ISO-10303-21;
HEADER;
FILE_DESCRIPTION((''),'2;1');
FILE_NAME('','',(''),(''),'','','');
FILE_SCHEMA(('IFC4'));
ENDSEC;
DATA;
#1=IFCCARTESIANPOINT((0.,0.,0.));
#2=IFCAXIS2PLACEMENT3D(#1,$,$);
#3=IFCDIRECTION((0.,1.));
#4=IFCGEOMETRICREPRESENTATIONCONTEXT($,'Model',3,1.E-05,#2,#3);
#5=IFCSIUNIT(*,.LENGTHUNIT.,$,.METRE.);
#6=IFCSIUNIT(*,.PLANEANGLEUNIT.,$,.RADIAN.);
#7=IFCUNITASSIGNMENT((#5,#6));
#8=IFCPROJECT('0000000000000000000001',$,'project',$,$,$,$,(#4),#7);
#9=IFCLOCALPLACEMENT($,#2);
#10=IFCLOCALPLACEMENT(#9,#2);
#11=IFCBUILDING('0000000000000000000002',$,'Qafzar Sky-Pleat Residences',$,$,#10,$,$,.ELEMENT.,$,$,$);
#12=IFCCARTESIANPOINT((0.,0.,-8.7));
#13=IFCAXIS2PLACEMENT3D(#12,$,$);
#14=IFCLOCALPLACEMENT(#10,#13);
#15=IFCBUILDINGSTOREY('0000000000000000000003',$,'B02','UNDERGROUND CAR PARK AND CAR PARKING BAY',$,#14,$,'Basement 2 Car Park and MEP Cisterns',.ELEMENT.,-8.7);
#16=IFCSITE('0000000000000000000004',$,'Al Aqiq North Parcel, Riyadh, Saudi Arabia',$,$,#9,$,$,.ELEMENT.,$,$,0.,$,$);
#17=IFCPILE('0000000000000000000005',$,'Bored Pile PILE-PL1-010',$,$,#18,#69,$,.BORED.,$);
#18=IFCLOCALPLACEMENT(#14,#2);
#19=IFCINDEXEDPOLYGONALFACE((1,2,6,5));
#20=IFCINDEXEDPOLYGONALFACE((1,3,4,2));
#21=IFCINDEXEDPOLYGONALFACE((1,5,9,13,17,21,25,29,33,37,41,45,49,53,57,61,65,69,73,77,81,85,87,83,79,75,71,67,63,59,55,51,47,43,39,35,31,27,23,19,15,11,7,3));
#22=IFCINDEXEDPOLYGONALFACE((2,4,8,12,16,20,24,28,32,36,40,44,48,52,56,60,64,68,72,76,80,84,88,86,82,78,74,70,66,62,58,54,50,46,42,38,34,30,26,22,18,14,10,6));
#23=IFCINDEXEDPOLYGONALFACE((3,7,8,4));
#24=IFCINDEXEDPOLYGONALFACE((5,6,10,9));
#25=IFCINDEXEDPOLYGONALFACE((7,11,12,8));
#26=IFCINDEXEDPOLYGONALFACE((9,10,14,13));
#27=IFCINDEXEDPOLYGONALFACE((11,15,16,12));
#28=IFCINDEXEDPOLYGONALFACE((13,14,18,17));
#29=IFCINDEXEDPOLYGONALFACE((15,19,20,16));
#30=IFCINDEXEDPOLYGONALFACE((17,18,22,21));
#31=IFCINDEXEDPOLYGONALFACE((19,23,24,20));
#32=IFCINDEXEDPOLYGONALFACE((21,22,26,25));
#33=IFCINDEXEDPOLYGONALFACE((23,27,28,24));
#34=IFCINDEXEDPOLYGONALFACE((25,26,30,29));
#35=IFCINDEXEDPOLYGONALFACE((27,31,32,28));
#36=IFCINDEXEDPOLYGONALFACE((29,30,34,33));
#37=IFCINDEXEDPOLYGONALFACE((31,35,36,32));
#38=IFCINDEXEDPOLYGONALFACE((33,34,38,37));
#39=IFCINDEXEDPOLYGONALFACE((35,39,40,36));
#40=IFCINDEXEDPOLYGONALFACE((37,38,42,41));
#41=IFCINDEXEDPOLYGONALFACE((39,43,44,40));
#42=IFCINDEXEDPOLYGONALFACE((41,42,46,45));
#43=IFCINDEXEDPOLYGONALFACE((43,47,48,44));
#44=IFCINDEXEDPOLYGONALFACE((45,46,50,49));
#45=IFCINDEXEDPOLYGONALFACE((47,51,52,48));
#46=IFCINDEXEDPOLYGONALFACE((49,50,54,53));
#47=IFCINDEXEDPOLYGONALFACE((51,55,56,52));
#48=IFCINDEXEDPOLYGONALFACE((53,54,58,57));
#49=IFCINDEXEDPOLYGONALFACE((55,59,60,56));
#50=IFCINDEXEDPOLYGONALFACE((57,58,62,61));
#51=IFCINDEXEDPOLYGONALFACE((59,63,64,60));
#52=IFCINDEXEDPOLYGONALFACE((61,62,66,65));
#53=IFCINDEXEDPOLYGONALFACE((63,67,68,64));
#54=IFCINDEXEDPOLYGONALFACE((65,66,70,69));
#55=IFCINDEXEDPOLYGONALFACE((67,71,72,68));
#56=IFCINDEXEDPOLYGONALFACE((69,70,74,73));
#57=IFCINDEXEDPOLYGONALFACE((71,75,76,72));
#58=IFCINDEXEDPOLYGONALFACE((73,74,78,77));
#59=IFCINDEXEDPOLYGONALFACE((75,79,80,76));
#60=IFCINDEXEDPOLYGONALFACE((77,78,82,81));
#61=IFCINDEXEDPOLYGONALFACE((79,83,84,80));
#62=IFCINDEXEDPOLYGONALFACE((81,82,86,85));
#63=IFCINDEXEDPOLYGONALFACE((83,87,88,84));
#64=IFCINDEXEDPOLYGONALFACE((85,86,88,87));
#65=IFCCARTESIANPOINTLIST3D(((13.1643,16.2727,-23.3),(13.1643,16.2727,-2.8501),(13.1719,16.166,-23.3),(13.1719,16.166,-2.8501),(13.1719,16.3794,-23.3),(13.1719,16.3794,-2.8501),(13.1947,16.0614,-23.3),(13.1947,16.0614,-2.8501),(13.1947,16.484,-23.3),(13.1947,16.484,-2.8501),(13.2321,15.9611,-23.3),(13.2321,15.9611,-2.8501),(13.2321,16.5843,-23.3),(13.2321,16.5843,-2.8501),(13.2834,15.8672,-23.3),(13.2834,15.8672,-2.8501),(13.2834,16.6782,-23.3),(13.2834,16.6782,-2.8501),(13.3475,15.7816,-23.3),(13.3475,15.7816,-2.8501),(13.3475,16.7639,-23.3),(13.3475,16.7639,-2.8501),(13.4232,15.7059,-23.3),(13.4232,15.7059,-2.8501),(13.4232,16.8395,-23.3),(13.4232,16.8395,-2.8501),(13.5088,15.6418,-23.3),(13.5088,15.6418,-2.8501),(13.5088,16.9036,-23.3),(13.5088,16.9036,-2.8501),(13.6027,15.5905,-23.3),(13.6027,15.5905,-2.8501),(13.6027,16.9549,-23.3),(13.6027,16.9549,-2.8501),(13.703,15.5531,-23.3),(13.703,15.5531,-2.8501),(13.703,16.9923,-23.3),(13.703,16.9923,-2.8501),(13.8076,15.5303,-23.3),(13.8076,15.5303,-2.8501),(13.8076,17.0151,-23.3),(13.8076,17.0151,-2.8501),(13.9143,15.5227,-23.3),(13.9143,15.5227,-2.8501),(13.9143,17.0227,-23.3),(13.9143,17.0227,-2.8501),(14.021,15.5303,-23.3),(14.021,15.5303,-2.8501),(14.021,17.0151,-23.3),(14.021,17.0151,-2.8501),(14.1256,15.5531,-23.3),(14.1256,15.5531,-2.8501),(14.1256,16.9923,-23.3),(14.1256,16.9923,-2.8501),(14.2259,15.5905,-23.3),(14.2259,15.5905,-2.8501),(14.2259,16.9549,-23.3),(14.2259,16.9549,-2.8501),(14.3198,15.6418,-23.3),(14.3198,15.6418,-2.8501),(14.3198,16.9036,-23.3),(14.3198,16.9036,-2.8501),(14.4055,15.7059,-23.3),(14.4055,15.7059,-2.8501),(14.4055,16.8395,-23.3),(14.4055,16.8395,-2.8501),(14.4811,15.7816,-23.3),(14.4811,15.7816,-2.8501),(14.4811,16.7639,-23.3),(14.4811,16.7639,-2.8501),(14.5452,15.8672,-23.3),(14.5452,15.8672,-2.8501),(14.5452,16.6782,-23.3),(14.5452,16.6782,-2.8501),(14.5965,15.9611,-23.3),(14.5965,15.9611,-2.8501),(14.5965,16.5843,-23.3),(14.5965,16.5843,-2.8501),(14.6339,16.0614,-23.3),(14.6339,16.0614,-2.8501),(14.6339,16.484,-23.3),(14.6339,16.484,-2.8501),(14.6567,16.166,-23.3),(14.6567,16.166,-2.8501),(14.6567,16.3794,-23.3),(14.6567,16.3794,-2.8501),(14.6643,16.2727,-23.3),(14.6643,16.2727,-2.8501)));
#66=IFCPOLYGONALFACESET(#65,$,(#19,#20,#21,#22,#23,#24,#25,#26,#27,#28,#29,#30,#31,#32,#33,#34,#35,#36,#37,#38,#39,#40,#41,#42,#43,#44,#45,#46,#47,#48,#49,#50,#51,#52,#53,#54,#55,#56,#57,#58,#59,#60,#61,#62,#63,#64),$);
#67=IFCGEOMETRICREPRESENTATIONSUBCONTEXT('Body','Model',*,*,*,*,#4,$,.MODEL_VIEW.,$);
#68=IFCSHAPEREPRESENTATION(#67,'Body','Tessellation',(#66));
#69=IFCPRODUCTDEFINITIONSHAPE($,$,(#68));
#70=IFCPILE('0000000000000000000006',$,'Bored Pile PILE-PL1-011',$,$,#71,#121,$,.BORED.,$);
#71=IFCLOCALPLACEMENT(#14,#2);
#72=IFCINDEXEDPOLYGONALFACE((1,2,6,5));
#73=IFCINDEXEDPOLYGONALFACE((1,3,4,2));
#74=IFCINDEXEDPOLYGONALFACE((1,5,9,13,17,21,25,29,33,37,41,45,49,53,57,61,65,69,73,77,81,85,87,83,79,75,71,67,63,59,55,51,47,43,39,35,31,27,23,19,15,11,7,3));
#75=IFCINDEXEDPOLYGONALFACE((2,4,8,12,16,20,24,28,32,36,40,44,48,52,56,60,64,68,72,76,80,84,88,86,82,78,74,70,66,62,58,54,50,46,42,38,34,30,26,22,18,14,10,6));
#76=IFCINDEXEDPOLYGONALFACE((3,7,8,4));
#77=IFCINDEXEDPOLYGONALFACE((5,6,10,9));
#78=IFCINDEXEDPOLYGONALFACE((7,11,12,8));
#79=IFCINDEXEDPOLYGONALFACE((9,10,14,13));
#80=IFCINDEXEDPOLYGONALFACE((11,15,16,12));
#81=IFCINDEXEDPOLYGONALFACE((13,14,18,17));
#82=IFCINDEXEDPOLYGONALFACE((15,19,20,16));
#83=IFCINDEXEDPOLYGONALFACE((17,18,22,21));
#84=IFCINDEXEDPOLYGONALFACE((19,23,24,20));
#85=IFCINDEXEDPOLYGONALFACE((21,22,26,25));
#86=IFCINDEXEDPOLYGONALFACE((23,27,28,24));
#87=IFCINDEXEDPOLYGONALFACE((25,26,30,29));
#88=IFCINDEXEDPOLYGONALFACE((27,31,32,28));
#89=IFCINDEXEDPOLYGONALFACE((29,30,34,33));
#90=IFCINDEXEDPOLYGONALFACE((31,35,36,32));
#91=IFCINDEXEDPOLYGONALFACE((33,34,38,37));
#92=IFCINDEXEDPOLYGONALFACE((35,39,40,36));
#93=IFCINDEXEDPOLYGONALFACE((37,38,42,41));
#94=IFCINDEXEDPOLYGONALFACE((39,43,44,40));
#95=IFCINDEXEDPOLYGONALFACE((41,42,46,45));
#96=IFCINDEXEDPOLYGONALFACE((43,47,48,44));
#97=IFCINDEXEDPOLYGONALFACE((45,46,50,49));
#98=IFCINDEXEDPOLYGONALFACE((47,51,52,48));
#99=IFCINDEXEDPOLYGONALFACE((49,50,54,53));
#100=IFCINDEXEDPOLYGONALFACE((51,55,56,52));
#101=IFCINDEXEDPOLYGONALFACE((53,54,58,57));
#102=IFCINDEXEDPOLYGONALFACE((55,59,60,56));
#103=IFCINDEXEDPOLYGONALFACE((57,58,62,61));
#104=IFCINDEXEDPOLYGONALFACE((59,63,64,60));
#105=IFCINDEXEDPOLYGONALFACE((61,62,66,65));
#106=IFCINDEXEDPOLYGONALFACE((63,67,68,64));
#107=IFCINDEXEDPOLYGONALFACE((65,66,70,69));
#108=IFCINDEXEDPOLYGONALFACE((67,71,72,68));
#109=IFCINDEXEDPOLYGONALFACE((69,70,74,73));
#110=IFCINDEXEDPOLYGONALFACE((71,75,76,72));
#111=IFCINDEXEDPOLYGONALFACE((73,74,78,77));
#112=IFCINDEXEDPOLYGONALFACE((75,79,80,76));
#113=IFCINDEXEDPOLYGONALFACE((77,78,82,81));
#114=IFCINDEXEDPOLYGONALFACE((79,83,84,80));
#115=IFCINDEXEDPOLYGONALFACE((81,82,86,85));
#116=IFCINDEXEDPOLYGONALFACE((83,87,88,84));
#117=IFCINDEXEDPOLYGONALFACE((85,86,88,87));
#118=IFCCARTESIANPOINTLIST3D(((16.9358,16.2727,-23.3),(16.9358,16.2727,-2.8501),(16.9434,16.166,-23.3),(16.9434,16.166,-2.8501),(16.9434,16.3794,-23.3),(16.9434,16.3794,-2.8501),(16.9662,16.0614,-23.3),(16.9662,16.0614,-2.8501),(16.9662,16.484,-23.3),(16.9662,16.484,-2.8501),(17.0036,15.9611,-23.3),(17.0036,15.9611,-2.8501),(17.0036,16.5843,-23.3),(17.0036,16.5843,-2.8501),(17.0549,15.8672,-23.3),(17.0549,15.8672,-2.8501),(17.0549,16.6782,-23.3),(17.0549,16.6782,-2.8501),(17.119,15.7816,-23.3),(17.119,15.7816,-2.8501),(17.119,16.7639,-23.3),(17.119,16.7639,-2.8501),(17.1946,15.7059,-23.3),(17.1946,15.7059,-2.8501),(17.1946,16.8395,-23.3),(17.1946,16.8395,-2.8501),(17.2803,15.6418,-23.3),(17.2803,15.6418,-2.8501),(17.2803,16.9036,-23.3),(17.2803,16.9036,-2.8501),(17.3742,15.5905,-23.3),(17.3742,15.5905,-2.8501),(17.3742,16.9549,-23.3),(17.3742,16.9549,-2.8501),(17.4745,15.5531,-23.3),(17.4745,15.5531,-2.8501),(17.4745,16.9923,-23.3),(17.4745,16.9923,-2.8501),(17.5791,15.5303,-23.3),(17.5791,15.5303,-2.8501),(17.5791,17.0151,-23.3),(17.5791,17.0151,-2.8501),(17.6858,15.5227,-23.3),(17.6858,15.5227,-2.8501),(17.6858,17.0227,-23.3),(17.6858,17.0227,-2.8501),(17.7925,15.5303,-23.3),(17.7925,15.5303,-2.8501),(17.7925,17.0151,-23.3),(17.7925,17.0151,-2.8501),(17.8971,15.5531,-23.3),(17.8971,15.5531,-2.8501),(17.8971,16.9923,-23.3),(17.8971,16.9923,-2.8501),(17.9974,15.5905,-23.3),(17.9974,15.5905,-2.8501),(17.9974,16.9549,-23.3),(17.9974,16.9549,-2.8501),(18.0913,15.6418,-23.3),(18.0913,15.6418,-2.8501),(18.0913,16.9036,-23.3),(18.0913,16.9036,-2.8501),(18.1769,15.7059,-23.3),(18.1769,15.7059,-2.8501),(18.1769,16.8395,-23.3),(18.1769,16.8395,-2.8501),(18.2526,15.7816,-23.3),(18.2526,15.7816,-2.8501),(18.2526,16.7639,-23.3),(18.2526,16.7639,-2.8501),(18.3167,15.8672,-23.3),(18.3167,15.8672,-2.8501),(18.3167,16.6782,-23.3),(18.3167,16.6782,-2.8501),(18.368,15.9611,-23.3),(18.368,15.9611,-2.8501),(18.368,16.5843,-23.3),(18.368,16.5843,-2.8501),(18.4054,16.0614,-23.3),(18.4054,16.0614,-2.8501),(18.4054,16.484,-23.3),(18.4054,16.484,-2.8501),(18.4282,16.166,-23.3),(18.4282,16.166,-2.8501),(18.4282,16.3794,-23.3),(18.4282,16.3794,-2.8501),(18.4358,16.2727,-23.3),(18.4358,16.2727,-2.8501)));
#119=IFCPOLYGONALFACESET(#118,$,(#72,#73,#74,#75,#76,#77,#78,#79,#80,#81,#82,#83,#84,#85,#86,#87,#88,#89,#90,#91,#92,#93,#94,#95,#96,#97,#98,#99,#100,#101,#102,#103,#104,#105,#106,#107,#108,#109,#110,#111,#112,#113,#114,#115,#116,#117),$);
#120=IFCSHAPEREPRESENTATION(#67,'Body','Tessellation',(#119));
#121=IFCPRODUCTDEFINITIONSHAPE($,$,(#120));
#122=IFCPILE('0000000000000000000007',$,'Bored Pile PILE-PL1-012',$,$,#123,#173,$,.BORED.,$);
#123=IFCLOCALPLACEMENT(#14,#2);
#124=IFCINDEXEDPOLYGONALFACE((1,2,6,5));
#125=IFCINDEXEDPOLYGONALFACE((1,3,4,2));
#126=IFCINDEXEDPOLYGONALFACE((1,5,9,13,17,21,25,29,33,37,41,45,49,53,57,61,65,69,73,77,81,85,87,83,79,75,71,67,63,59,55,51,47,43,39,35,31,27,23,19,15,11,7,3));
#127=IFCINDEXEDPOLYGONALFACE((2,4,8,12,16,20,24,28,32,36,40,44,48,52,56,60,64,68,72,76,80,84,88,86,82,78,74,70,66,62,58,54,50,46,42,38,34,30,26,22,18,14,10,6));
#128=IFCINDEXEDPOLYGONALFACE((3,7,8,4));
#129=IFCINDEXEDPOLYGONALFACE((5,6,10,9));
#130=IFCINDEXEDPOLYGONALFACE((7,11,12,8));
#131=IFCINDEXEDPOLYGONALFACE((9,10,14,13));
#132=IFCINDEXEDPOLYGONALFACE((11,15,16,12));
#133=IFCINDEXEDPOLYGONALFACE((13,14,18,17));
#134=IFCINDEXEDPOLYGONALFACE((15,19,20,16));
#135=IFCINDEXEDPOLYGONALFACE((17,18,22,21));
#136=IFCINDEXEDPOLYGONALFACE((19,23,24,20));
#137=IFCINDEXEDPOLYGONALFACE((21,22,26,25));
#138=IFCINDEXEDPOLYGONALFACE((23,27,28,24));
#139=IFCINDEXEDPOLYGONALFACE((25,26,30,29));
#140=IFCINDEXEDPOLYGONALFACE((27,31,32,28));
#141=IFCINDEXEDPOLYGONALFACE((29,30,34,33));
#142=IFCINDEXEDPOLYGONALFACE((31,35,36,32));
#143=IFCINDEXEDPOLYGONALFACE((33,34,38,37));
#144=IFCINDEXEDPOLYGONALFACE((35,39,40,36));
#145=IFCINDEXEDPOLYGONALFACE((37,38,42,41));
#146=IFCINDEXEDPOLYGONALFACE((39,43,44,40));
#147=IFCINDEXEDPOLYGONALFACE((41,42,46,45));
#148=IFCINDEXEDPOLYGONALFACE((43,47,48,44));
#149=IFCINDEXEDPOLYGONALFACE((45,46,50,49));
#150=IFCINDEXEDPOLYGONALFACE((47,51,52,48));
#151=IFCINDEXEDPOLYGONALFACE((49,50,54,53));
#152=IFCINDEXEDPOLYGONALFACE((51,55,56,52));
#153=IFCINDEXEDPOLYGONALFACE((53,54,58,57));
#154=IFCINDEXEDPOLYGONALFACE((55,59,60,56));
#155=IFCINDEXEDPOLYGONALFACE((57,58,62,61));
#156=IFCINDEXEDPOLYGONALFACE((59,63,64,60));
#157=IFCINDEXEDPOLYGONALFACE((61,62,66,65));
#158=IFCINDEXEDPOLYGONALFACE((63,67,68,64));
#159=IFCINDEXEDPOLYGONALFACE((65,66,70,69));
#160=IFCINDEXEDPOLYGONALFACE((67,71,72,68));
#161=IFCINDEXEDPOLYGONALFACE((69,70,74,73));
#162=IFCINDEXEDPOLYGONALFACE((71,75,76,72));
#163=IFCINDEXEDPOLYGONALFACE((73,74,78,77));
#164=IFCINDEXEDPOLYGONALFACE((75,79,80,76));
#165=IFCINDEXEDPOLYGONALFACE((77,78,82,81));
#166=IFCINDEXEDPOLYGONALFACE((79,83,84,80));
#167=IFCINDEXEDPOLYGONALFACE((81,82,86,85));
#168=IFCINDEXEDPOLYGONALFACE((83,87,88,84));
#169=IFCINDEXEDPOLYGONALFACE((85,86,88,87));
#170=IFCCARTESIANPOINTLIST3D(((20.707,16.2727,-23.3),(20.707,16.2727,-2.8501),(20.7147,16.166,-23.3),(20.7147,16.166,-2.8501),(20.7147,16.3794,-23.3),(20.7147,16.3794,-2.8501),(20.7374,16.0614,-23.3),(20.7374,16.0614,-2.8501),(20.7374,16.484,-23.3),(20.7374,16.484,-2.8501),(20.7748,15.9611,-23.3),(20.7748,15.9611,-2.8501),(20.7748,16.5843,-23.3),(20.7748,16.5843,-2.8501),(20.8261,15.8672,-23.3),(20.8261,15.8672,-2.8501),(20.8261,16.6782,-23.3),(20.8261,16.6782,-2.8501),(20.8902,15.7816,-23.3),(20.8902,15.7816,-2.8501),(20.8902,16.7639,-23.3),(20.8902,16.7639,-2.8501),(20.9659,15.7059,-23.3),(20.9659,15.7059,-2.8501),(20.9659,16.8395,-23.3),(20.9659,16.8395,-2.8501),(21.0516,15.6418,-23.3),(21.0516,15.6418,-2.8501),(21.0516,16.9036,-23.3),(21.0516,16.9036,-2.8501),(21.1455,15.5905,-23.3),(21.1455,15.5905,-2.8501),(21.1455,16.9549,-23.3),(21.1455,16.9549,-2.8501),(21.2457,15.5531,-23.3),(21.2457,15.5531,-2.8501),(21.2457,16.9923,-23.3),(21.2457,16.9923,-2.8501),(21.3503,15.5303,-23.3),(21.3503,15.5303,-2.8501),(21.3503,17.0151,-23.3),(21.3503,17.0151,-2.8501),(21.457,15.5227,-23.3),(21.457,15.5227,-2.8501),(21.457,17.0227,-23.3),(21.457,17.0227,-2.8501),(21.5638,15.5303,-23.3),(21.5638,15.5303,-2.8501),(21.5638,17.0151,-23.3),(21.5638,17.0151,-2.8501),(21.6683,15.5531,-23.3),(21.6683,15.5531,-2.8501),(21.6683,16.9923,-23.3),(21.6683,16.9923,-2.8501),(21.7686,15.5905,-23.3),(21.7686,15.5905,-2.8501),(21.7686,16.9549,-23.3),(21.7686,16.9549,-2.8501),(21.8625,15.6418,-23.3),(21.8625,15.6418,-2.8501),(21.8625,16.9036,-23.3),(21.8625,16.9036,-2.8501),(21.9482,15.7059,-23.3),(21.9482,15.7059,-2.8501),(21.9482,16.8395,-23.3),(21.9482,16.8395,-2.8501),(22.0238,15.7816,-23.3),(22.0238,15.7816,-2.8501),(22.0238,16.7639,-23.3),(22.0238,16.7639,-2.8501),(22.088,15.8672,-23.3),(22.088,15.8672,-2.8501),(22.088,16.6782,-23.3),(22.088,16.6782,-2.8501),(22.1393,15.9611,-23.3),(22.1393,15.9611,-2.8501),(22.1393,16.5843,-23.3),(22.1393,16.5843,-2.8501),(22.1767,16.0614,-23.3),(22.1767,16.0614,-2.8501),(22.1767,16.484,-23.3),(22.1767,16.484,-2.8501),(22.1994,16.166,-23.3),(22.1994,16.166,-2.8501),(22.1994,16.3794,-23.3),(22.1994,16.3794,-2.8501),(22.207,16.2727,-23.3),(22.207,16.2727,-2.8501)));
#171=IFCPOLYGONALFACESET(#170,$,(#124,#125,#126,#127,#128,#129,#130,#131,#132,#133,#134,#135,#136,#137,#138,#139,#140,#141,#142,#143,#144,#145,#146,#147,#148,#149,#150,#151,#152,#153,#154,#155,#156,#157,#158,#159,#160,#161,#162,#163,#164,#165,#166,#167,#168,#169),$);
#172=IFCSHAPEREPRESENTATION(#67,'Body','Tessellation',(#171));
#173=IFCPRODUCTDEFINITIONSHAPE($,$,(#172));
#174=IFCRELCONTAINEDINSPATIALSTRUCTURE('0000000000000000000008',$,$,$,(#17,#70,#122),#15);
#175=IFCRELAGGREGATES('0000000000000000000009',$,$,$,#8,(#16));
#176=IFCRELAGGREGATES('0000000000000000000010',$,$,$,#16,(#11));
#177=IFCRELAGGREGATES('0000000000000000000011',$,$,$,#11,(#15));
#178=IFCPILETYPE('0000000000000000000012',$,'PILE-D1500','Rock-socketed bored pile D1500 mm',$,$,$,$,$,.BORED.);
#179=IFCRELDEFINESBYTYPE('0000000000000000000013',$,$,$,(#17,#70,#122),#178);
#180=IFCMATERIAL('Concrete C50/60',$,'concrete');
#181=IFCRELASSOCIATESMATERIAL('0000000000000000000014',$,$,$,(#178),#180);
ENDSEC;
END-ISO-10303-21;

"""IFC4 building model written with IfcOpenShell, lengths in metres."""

from ifc_helpers import new_model, si_unit, direction, frame, origin, origin_2d, place, context, subcontext, project, spatial, circle, extrude, source, transform, mapped, material, material_profile, profile_set, type_object, element, save


model = new_model("IFC4")

# Units and contexts
model_context = context("Model", 3, precision=1e-05, world=origin(), true_north=direction((0.0, 1.0)))
body_context = subcontext(model_context, "Body", "Model", "MODEL_VIEW")
ifc_project = project(units=[si_unit("LENGTHUNIT", "METRE"), si_unit("PLANEANGLEUNIT", "RADIAN")], contexts=[model_context])

# Site, building, storey
site_placement = place(None, origin())
site = spatial("IfcSite", under=ifc_project, at=site_placement, Name="Al Aqiq North Parcel, Riyadh, Saudi Arabia", CompositionType="ELEMENT", RefElevation=0.0)
building_placement = place(site_placement, origin())
building = spatial("IfcBuilding", under=site, at=building_placement, Name="Qafzar Sky-Pleat Residences", CompositionType="ELEMENT")
storey_placement = place(building_placement, frame((0.0, 0.0, -8.7)))
storey = spatial("IfcBuildingStorey", under=building, at=storey_placement, Name="B02", Description="UNDERGROUND CAR PARK AND CAR PARKING BAY", LongName="Basement 2 Car Park and MEP Cisterns", CompositionType="ELEMENT", Elevation=-8.7)

# Piles
ifc_material_1 = material(Name="Concrete C50/60", Category="concrete")
ifc_material_profile_1 = material_profile(ifc_material_1, circle(Radius=0.75, at=origin_2d()), Name="PILE D1500")
ifc_profile_set_1 = profile_set([ifc_material_profile_1], Name="Concrete C50/60")
pile_type_1 = type_object("IfcPileType", Name="PILE-D1500", Description="Rock-socketed bored pile D1500 mm", PredefinedType="BORED", material=ifc_profile_set_1)
shared_shape_1 = source(origin(), body_context, "Body", "SweptSolid", [
    extrude(circle(Radius=0.75, at=origin_2d()), origin(), (0.0, 0.0, 1.0), 20.45),
])
for number, where, z_axis, x_axis, name in (
    (1, (13.9143, 16.2727, -2.8501), (0.0, 0.0, -1.0), (1.0, 0.0, 0.0), "Bored Pile PILE-PL1-010"),
    (2, (17.6858, 16.2727, -2.8501), (0.0, 0.0, -1.0), (1.0, 0.0, 0.0), "Bored Pile PILE-PL1-011"),
    (3, (21.457, 16.2727, -2.8501), (0.0, 0.0, -1.0), (1.0, 0.0, 0.0), "Bored Pile PILE-PL1-012"),
):
    element("IfcPile", number, at=place(storey_placement, frame(where, z_axis=z_axis, x_axis=x_axis)), inside=storey, type_object=pile_type_1, Name=name, PredefinedType="BORED", context=body_context, shape_type="MappedRepresentation", body=[
        mapped(shared_shape_1, transform((0.0, 0.0, 0.0), x_axis=(1.0, 0.0, 0.0), y_axis=(0.0, 1.0, 0.0), z_axis=(0.0, 0.0, 1.0), scale=1.0)),
    ])

save(model, "model.ifc")
